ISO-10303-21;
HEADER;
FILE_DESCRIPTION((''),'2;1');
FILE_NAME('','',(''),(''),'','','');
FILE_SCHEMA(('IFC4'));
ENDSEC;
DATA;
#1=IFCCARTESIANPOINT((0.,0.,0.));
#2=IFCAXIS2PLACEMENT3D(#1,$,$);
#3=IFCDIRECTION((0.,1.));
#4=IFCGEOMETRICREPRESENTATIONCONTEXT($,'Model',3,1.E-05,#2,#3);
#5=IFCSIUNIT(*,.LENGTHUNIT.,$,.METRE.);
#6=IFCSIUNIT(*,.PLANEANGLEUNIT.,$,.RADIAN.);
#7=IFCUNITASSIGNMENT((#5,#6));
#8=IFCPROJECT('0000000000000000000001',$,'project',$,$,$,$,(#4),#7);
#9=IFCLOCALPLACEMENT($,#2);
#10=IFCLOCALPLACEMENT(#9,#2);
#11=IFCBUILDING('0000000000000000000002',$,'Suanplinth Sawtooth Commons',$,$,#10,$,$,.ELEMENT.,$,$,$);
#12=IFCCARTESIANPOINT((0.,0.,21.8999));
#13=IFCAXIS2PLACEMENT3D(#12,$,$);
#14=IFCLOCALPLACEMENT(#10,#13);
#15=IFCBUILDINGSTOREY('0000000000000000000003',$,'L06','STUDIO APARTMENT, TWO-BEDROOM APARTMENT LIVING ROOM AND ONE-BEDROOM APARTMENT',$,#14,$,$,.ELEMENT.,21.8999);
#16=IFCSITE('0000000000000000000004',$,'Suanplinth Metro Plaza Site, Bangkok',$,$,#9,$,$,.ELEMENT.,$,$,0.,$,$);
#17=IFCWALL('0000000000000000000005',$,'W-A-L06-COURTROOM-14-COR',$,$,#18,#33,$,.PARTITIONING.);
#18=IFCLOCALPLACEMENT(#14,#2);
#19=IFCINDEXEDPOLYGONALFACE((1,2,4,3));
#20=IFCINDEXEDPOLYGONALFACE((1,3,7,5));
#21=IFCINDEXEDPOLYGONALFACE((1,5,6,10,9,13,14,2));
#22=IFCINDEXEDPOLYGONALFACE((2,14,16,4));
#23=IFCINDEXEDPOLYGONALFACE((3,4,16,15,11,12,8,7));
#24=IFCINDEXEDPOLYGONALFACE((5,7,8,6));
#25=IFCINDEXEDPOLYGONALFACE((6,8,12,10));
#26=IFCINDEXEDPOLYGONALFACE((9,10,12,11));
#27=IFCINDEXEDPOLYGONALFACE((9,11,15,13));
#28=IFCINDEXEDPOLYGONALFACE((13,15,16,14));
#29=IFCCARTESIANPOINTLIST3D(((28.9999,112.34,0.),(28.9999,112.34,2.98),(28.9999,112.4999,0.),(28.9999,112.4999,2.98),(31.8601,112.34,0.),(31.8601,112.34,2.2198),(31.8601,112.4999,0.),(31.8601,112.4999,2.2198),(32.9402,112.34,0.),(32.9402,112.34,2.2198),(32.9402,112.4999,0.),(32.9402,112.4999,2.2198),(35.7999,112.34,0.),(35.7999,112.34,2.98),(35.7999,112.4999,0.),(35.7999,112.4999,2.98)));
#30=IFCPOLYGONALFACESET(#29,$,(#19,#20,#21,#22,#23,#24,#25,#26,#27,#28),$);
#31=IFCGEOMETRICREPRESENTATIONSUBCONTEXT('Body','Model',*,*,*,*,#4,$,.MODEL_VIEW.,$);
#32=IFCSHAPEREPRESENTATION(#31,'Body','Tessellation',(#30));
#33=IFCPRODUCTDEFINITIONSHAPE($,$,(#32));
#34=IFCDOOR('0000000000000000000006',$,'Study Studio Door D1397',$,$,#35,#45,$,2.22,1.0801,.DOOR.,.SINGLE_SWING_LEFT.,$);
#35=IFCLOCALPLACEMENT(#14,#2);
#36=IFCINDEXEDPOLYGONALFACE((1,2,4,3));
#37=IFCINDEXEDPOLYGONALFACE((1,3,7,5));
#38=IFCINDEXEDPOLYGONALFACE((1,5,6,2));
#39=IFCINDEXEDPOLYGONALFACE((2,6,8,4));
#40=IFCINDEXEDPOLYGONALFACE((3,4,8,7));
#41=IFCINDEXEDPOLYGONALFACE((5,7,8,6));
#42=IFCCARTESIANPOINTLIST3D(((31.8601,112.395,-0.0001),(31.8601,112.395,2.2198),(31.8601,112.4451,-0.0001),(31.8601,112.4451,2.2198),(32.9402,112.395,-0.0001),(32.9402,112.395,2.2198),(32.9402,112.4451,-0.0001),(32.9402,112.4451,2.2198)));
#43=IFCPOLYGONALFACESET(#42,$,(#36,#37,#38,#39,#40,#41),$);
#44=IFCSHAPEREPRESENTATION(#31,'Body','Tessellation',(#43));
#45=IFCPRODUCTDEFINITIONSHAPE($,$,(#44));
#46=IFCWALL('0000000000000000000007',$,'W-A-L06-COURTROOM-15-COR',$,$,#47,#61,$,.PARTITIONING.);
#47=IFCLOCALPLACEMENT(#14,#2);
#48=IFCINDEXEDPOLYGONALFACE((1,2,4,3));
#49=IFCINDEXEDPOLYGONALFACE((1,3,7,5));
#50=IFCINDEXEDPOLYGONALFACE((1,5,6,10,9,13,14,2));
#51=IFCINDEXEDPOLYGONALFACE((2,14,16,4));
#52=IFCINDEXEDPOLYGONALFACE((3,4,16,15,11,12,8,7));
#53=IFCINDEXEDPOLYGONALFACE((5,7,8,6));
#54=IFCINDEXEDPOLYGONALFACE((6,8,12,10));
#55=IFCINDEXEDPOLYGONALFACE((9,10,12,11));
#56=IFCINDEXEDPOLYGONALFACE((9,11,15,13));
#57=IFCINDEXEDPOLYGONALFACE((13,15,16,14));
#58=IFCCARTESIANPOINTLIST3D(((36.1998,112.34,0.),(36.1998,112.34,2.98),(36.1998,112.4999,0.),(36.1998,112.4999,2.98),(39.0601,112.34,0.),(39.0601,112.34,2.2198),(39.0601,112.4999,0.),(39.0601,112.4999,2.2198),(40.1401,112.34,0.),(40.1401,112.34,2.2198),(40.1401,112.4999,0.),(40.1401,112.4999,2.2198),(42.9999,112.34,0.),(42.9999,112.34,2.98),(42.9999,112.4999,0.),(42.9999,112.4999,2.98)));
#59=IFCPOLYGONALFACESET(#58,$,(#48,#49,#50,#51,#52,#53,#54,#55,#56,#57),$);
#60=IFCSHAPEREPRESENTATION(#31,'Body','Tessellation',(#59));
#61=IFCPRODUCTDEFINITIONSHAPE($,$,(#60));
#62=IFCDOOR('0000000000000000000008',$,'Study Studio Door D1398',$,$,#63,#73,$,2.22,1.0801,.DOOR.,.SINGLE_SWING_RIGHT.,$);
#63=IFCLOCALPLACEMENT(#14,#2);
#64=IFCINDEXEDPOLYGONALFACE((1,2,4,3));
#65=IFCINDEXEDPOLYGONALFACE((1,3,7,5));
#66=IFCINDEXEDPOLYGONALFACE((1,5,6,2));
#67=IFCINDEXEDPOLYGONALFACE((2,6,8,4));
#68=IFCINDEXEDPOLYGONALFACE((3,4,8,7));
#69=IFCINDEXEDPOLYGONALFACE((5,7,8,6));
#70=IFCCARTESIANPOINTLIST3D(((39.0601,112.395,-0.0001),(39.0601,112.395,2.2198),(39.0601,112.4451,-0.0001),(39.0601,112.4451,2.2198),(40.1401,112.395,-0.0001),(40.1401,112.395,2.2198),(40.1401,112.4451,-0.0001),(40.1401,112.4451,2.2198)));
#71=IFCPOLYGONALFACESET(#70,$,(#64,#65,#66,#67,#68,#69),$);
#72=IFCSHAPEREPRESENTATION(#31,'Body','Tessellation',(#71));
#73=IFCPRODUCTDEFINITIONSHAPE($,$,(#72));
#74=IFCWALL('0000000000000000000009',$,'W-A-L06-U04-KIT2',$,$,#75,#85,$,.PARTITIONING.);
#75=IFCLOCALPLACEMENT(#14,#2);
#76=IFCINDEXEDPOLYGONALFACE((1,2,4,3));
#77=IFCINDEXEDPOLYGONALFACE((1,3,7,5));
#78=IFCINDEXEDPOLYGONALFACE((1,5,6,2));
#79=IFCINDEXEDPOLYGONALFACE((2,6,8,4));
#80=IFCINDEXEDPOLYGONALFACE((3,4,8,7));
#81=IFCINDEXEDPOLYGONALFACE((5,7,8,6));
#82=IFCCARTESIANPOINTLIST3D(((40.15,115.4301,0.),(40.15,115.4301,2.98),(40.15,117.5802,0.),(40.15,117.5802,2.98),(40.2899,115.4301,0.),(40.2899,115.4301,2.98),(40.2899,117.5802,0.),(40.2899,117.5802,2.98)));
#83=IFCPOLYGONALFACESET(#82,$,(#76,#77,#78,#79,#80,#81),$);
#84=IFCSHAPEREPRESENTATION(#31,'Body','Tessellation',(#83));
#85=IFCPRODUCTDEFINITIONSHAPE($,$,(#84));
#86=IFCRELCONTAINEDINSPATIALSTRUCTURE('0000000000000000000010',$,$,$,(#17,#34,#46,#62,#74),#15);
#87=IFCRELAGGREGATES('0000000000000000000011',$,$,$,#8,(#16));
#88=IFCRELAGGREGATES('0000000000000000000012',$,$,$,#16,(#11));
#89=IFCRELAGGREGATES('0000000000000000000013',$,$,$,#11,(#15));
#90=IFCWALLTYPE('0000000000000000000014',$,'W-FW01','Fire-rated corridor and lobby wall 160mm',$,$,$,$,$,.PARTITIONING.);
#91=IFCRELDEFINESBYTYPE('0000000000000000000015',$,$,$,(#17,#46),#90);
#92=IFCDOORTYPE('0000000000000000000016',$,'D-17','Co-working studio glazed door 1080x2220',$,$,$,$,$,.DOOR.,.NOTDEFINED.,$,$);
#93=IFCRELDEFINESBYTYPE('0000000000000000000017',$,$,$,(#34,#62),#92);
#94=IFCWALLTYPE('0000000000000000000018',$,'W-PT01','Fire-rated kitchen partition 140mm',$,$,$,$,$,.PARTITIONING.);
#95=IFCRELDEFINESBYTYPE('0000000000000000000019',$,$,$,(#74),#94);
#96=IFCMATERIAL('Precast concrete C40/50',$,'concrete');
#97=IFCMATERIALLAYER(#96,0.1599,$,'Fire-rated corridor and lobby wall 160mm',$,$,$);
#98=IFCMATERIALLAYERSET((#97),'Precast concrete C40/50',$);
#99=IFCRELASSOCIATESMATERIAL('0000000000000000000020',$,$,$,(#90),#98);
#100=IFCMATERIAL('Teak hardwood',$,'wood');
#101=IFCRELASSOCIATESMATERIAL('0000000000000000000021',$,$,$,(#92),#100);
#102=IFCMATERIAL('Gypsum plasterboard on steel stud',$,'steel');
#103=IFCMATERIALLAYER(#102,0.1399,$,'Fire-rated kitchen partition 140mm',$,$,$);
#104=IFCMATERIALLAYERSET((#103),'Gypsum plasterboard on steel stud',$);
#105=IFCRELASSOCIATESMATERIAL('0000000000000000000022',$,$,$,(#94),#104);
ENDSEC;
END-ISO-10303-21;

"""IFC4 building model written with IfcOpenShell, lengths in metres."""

from ifc_helpers import new_model, si_unit, direction, frame, frame_2d, origin, place, context, subcontext, project, spatial, rectangle, extrude, material, layer, layer_set, type_object, element, fill, save


model = new_model("IFC4")

# Units and contexts
model_context = context("Model", 3, precision=1e-05, world=origin(), true_north=direction((0.0, 1.0)))
body_context = subcontext(model_context, "Body", "Model", "MODEL_VIEW")
ifc_project = project(units=[si_unit("LENGTHUNIT", "METRE"), si_unit("PLANEANGLEUNIT", "RADIAN")], contexts=[model_context])

# Site, building, storey
site_placement = place(None, origin())
site = spatial("IfcSite", under=ifc_project, at=site_placement, Name="Suanplinth Metro Plaza Site, Bangkok", CompositionType="ELEMENT", RefElevation=0.0)
building_placement = place(site_placement, origin())
building = spatial("IfcBuilding", under=site, at=building_placement, Name="Suanplinth Sawtooth Commons", CompositionType="ELEMENT")
storey_placement = place(building_placement, frame((0.0, 0.0, 21.8999)))
storey = spatial("IfcBuildingStorey", under=building, at=storey_placement, Name="L06", Description="STUDIO APARTMENT, TWO-BEDROOM APARTMENT LIVING ROOM AND ONE-BEDROOM APARTMENT", CompositionType="ELEMENT", Elevation=21.8999)

# Shared definitions
ifc_material_1 = material(Name="Precast concrete C40/50", Category="concrete")

# Shared definitions
ifc_layer_1 = layer(ifc_material_1, 0.1599, Name="Fire-rated corridor and lobby wall 160mm")
ifc_layer_set_1 = layer_set([ifc_layer_1], Name="Precast concrete C40/50")
wall_type_1 = type_object("IfcWallType", Name="W-FW01", Description="Fire-rated corridor and lobby wall 160mm", PredefinedType="PARTITIONING", material=ifc_layer_set_1)

# Walls, openings, doors
wall_1_placement = place(storey_placement, frame((29.0, 112.4199, 0.0), z_axis=(0.0, 0.0, 1.0), x_axis=(1.0, 0.0, 0.0)))
wall_1 = element("IfcWall", 1, at=wall_1_placement, inside=storey, type_object=wall_type_1, Name="W-A-L06-COURTROOM-14-COR", PredefinedType="PARTITIONING", context=body_context, shape_type="SweptSolid", body=[
    extrude(rectangle(XDim=6.8, YDim=0.1599, at=frame_2d((3.3999, 0.0))), origin(), (0.0, 0.0, 1.0), 2.98),
])
opening_1_placement = place(wall_1_placement, frame((2.8601, 0.0, 0.0)))
opening_1 = element("IfcOpeningElement", 2, at=opening_1_placement, cuts=wall_1, PredefinedType="OPENING", context=body_context, shape_type="SweptSolid", body=[
    extrude(rectangle(XDim=1.0801, YDim=2.22, at=frame_2d((0.54, 1.1099))), frame((0.0, 0.0947, 0.0), z_axis=(0.0, -1.0, 0.0), x_axis=(1.0, 0.0, 0.0)), (0.0, 0.0, 1.0), 0.1897),
])
ifc_material_2 = material(Name="Teak hardwood", Category="wood")
door_type_1 = type_object("IfcDoorType", Name="D-17", Description="Co-working studio glazed door 1080x2220", OperationType="NOTDEFINED", PredefinedType="DOOR", material=ifc_material_2)
door_1_placement = place(opening_1_placement, frame((1.0801, 0.0, 0.0), z_axis=(0.0, 0.0, 1.0), x_axis=(-1.0, 0.0, 0.0)))
door_1 = element("IfcDoor", 3, at=door_1_placement, inside=storey, type_object=door_type_1, Name="Study Studio Door D1397", OperationType="SINGLE_SWING_LEFT", OverallHeight=2.22, OverallWidth=1.0801, PredefinedType="DOOR", context=body_context, shape_type="SweptSolid", body=[
    extrude(rectangle(XDim=1.0801, YDim=2.22, at=frame_2d((0.54, 1.1099))), frame((0.0, 0.0249, 0.0), z_axis=(0.0, -1.0, 0.0), x_axis=(1.0, 0.0, 0.0)), (0.0, 0.0, 1.0), 0.05),
])
fill(opening_1, door_1)
wall_2_placement = place(storey_placement, frame((36.2, 112.4199, 0.0), z_axis=(0.0, 0.0, 1.0), x_axis=(1.0, 0.0, 0.0)))
wall_2 = element("IfcWall", 4, at=wall_2_placement, inside=storey, type_object=wall_type_1, Name="W-A-L06-COURTROOM-15-COR", PredefinedType="PARTITIONING", context=body_context, shape_type="SweptSolid", body=[
    extrude(rectangle(XDim=6.8, YDim=0.1599, at=frame_2d((3.3999, 0.0))), origin(), (0.0, 0.0, 1.0), 2.98),
])
opening_2_placement = place(wall_2_placement, frame((2.8601, 0.0, 0.0)))
opening_2 = element("IfcOpeningElement", 5, at=opening_2_placement, cuts=wall_2, PredefinedType="OPENING", context=body_context, shape_type="SweptSolid", body=[
    extrude(rectangle(XDim=1.0801, YDim=2.22, at=frame_2d((0.54, 1.1099))), frame((0.0, 0.0947, 0.0), z_axis=(0.0, -1.0, 0.0), x_axis=(1.0, 0.0, 0.0)), (0.0, 0.0, 1.0), 0.1897),
])
door_2_placement = place(opening_2_placement, frame((1.0801, 0.0, 0.0), z_axis=(0.0, 0.0, 1.0), x_axis=(-1.0, 0.0, 0.0)))
door_2 = element("IfcDoor", 6, at=door_2_placement, inside=storey, type_object=door_type_1, Name="Study Studio Door D1398", OperationType="SINGLE_SWING_RIGHT", OverallHeight=2.22, OverallWidth=1.0801, PredefinedType="DOOR", context=body_context, shape_type="SweptSolid", body=[
    extrude(rectangle(XDim=1.0801, YDim=2.22, at=frame_2d((0.54, 1.1099))), frame((0.0, 0.0249, 0.0), z_axis=(0.0, -1.0, 0.0), x_axis=(1.0, 0.0, 0.0)), (0.0, 0.0, 1.0), 0.05),
])
fill(opening_2, door_2)

# Wall
ifc_material_3 = material(Name="Gypsum plasterboard on steel stud", Category="steel")
ifc_layer_2 = layer(ifc_material_3, 0.1399, Name="Fire-rated kitchen partition 140mm")
ifc_layer_set_2 = layer_set([ifc_layer_2], Name="Gypsum plasterboard on steel stud")
wall_type_2 = type_object("IfcWallType", Name="W-PT01", Description="Fire-rated kitchen partition 140mm", PredefinedType="PARTITIONING", material=ifc_layer_set_2)
wall_3_placement = place(storey_placement, frame((40.22, 115.4299, 0.0), z_axis=(0.0, 0.0, 1.0), x_axis=(0.0, 1.0, 0.0)))
element("IfcWall", 7, at=wall_3_placement, inside=storey, type_object=wall_type_2, Name="W-A-L06-U04-KIT2", PredefinedType="PARTITIONING", context=body_context, shape_type="SweptSolid", body=[
    extrude(rectangle(XDim=2.1501, YDim=0.1399, at=frame_2d((1.0752, 0.0))), origin(), (0.0, 0.0, 1.0), 2.98),
])

save(model, "model.ifc")
